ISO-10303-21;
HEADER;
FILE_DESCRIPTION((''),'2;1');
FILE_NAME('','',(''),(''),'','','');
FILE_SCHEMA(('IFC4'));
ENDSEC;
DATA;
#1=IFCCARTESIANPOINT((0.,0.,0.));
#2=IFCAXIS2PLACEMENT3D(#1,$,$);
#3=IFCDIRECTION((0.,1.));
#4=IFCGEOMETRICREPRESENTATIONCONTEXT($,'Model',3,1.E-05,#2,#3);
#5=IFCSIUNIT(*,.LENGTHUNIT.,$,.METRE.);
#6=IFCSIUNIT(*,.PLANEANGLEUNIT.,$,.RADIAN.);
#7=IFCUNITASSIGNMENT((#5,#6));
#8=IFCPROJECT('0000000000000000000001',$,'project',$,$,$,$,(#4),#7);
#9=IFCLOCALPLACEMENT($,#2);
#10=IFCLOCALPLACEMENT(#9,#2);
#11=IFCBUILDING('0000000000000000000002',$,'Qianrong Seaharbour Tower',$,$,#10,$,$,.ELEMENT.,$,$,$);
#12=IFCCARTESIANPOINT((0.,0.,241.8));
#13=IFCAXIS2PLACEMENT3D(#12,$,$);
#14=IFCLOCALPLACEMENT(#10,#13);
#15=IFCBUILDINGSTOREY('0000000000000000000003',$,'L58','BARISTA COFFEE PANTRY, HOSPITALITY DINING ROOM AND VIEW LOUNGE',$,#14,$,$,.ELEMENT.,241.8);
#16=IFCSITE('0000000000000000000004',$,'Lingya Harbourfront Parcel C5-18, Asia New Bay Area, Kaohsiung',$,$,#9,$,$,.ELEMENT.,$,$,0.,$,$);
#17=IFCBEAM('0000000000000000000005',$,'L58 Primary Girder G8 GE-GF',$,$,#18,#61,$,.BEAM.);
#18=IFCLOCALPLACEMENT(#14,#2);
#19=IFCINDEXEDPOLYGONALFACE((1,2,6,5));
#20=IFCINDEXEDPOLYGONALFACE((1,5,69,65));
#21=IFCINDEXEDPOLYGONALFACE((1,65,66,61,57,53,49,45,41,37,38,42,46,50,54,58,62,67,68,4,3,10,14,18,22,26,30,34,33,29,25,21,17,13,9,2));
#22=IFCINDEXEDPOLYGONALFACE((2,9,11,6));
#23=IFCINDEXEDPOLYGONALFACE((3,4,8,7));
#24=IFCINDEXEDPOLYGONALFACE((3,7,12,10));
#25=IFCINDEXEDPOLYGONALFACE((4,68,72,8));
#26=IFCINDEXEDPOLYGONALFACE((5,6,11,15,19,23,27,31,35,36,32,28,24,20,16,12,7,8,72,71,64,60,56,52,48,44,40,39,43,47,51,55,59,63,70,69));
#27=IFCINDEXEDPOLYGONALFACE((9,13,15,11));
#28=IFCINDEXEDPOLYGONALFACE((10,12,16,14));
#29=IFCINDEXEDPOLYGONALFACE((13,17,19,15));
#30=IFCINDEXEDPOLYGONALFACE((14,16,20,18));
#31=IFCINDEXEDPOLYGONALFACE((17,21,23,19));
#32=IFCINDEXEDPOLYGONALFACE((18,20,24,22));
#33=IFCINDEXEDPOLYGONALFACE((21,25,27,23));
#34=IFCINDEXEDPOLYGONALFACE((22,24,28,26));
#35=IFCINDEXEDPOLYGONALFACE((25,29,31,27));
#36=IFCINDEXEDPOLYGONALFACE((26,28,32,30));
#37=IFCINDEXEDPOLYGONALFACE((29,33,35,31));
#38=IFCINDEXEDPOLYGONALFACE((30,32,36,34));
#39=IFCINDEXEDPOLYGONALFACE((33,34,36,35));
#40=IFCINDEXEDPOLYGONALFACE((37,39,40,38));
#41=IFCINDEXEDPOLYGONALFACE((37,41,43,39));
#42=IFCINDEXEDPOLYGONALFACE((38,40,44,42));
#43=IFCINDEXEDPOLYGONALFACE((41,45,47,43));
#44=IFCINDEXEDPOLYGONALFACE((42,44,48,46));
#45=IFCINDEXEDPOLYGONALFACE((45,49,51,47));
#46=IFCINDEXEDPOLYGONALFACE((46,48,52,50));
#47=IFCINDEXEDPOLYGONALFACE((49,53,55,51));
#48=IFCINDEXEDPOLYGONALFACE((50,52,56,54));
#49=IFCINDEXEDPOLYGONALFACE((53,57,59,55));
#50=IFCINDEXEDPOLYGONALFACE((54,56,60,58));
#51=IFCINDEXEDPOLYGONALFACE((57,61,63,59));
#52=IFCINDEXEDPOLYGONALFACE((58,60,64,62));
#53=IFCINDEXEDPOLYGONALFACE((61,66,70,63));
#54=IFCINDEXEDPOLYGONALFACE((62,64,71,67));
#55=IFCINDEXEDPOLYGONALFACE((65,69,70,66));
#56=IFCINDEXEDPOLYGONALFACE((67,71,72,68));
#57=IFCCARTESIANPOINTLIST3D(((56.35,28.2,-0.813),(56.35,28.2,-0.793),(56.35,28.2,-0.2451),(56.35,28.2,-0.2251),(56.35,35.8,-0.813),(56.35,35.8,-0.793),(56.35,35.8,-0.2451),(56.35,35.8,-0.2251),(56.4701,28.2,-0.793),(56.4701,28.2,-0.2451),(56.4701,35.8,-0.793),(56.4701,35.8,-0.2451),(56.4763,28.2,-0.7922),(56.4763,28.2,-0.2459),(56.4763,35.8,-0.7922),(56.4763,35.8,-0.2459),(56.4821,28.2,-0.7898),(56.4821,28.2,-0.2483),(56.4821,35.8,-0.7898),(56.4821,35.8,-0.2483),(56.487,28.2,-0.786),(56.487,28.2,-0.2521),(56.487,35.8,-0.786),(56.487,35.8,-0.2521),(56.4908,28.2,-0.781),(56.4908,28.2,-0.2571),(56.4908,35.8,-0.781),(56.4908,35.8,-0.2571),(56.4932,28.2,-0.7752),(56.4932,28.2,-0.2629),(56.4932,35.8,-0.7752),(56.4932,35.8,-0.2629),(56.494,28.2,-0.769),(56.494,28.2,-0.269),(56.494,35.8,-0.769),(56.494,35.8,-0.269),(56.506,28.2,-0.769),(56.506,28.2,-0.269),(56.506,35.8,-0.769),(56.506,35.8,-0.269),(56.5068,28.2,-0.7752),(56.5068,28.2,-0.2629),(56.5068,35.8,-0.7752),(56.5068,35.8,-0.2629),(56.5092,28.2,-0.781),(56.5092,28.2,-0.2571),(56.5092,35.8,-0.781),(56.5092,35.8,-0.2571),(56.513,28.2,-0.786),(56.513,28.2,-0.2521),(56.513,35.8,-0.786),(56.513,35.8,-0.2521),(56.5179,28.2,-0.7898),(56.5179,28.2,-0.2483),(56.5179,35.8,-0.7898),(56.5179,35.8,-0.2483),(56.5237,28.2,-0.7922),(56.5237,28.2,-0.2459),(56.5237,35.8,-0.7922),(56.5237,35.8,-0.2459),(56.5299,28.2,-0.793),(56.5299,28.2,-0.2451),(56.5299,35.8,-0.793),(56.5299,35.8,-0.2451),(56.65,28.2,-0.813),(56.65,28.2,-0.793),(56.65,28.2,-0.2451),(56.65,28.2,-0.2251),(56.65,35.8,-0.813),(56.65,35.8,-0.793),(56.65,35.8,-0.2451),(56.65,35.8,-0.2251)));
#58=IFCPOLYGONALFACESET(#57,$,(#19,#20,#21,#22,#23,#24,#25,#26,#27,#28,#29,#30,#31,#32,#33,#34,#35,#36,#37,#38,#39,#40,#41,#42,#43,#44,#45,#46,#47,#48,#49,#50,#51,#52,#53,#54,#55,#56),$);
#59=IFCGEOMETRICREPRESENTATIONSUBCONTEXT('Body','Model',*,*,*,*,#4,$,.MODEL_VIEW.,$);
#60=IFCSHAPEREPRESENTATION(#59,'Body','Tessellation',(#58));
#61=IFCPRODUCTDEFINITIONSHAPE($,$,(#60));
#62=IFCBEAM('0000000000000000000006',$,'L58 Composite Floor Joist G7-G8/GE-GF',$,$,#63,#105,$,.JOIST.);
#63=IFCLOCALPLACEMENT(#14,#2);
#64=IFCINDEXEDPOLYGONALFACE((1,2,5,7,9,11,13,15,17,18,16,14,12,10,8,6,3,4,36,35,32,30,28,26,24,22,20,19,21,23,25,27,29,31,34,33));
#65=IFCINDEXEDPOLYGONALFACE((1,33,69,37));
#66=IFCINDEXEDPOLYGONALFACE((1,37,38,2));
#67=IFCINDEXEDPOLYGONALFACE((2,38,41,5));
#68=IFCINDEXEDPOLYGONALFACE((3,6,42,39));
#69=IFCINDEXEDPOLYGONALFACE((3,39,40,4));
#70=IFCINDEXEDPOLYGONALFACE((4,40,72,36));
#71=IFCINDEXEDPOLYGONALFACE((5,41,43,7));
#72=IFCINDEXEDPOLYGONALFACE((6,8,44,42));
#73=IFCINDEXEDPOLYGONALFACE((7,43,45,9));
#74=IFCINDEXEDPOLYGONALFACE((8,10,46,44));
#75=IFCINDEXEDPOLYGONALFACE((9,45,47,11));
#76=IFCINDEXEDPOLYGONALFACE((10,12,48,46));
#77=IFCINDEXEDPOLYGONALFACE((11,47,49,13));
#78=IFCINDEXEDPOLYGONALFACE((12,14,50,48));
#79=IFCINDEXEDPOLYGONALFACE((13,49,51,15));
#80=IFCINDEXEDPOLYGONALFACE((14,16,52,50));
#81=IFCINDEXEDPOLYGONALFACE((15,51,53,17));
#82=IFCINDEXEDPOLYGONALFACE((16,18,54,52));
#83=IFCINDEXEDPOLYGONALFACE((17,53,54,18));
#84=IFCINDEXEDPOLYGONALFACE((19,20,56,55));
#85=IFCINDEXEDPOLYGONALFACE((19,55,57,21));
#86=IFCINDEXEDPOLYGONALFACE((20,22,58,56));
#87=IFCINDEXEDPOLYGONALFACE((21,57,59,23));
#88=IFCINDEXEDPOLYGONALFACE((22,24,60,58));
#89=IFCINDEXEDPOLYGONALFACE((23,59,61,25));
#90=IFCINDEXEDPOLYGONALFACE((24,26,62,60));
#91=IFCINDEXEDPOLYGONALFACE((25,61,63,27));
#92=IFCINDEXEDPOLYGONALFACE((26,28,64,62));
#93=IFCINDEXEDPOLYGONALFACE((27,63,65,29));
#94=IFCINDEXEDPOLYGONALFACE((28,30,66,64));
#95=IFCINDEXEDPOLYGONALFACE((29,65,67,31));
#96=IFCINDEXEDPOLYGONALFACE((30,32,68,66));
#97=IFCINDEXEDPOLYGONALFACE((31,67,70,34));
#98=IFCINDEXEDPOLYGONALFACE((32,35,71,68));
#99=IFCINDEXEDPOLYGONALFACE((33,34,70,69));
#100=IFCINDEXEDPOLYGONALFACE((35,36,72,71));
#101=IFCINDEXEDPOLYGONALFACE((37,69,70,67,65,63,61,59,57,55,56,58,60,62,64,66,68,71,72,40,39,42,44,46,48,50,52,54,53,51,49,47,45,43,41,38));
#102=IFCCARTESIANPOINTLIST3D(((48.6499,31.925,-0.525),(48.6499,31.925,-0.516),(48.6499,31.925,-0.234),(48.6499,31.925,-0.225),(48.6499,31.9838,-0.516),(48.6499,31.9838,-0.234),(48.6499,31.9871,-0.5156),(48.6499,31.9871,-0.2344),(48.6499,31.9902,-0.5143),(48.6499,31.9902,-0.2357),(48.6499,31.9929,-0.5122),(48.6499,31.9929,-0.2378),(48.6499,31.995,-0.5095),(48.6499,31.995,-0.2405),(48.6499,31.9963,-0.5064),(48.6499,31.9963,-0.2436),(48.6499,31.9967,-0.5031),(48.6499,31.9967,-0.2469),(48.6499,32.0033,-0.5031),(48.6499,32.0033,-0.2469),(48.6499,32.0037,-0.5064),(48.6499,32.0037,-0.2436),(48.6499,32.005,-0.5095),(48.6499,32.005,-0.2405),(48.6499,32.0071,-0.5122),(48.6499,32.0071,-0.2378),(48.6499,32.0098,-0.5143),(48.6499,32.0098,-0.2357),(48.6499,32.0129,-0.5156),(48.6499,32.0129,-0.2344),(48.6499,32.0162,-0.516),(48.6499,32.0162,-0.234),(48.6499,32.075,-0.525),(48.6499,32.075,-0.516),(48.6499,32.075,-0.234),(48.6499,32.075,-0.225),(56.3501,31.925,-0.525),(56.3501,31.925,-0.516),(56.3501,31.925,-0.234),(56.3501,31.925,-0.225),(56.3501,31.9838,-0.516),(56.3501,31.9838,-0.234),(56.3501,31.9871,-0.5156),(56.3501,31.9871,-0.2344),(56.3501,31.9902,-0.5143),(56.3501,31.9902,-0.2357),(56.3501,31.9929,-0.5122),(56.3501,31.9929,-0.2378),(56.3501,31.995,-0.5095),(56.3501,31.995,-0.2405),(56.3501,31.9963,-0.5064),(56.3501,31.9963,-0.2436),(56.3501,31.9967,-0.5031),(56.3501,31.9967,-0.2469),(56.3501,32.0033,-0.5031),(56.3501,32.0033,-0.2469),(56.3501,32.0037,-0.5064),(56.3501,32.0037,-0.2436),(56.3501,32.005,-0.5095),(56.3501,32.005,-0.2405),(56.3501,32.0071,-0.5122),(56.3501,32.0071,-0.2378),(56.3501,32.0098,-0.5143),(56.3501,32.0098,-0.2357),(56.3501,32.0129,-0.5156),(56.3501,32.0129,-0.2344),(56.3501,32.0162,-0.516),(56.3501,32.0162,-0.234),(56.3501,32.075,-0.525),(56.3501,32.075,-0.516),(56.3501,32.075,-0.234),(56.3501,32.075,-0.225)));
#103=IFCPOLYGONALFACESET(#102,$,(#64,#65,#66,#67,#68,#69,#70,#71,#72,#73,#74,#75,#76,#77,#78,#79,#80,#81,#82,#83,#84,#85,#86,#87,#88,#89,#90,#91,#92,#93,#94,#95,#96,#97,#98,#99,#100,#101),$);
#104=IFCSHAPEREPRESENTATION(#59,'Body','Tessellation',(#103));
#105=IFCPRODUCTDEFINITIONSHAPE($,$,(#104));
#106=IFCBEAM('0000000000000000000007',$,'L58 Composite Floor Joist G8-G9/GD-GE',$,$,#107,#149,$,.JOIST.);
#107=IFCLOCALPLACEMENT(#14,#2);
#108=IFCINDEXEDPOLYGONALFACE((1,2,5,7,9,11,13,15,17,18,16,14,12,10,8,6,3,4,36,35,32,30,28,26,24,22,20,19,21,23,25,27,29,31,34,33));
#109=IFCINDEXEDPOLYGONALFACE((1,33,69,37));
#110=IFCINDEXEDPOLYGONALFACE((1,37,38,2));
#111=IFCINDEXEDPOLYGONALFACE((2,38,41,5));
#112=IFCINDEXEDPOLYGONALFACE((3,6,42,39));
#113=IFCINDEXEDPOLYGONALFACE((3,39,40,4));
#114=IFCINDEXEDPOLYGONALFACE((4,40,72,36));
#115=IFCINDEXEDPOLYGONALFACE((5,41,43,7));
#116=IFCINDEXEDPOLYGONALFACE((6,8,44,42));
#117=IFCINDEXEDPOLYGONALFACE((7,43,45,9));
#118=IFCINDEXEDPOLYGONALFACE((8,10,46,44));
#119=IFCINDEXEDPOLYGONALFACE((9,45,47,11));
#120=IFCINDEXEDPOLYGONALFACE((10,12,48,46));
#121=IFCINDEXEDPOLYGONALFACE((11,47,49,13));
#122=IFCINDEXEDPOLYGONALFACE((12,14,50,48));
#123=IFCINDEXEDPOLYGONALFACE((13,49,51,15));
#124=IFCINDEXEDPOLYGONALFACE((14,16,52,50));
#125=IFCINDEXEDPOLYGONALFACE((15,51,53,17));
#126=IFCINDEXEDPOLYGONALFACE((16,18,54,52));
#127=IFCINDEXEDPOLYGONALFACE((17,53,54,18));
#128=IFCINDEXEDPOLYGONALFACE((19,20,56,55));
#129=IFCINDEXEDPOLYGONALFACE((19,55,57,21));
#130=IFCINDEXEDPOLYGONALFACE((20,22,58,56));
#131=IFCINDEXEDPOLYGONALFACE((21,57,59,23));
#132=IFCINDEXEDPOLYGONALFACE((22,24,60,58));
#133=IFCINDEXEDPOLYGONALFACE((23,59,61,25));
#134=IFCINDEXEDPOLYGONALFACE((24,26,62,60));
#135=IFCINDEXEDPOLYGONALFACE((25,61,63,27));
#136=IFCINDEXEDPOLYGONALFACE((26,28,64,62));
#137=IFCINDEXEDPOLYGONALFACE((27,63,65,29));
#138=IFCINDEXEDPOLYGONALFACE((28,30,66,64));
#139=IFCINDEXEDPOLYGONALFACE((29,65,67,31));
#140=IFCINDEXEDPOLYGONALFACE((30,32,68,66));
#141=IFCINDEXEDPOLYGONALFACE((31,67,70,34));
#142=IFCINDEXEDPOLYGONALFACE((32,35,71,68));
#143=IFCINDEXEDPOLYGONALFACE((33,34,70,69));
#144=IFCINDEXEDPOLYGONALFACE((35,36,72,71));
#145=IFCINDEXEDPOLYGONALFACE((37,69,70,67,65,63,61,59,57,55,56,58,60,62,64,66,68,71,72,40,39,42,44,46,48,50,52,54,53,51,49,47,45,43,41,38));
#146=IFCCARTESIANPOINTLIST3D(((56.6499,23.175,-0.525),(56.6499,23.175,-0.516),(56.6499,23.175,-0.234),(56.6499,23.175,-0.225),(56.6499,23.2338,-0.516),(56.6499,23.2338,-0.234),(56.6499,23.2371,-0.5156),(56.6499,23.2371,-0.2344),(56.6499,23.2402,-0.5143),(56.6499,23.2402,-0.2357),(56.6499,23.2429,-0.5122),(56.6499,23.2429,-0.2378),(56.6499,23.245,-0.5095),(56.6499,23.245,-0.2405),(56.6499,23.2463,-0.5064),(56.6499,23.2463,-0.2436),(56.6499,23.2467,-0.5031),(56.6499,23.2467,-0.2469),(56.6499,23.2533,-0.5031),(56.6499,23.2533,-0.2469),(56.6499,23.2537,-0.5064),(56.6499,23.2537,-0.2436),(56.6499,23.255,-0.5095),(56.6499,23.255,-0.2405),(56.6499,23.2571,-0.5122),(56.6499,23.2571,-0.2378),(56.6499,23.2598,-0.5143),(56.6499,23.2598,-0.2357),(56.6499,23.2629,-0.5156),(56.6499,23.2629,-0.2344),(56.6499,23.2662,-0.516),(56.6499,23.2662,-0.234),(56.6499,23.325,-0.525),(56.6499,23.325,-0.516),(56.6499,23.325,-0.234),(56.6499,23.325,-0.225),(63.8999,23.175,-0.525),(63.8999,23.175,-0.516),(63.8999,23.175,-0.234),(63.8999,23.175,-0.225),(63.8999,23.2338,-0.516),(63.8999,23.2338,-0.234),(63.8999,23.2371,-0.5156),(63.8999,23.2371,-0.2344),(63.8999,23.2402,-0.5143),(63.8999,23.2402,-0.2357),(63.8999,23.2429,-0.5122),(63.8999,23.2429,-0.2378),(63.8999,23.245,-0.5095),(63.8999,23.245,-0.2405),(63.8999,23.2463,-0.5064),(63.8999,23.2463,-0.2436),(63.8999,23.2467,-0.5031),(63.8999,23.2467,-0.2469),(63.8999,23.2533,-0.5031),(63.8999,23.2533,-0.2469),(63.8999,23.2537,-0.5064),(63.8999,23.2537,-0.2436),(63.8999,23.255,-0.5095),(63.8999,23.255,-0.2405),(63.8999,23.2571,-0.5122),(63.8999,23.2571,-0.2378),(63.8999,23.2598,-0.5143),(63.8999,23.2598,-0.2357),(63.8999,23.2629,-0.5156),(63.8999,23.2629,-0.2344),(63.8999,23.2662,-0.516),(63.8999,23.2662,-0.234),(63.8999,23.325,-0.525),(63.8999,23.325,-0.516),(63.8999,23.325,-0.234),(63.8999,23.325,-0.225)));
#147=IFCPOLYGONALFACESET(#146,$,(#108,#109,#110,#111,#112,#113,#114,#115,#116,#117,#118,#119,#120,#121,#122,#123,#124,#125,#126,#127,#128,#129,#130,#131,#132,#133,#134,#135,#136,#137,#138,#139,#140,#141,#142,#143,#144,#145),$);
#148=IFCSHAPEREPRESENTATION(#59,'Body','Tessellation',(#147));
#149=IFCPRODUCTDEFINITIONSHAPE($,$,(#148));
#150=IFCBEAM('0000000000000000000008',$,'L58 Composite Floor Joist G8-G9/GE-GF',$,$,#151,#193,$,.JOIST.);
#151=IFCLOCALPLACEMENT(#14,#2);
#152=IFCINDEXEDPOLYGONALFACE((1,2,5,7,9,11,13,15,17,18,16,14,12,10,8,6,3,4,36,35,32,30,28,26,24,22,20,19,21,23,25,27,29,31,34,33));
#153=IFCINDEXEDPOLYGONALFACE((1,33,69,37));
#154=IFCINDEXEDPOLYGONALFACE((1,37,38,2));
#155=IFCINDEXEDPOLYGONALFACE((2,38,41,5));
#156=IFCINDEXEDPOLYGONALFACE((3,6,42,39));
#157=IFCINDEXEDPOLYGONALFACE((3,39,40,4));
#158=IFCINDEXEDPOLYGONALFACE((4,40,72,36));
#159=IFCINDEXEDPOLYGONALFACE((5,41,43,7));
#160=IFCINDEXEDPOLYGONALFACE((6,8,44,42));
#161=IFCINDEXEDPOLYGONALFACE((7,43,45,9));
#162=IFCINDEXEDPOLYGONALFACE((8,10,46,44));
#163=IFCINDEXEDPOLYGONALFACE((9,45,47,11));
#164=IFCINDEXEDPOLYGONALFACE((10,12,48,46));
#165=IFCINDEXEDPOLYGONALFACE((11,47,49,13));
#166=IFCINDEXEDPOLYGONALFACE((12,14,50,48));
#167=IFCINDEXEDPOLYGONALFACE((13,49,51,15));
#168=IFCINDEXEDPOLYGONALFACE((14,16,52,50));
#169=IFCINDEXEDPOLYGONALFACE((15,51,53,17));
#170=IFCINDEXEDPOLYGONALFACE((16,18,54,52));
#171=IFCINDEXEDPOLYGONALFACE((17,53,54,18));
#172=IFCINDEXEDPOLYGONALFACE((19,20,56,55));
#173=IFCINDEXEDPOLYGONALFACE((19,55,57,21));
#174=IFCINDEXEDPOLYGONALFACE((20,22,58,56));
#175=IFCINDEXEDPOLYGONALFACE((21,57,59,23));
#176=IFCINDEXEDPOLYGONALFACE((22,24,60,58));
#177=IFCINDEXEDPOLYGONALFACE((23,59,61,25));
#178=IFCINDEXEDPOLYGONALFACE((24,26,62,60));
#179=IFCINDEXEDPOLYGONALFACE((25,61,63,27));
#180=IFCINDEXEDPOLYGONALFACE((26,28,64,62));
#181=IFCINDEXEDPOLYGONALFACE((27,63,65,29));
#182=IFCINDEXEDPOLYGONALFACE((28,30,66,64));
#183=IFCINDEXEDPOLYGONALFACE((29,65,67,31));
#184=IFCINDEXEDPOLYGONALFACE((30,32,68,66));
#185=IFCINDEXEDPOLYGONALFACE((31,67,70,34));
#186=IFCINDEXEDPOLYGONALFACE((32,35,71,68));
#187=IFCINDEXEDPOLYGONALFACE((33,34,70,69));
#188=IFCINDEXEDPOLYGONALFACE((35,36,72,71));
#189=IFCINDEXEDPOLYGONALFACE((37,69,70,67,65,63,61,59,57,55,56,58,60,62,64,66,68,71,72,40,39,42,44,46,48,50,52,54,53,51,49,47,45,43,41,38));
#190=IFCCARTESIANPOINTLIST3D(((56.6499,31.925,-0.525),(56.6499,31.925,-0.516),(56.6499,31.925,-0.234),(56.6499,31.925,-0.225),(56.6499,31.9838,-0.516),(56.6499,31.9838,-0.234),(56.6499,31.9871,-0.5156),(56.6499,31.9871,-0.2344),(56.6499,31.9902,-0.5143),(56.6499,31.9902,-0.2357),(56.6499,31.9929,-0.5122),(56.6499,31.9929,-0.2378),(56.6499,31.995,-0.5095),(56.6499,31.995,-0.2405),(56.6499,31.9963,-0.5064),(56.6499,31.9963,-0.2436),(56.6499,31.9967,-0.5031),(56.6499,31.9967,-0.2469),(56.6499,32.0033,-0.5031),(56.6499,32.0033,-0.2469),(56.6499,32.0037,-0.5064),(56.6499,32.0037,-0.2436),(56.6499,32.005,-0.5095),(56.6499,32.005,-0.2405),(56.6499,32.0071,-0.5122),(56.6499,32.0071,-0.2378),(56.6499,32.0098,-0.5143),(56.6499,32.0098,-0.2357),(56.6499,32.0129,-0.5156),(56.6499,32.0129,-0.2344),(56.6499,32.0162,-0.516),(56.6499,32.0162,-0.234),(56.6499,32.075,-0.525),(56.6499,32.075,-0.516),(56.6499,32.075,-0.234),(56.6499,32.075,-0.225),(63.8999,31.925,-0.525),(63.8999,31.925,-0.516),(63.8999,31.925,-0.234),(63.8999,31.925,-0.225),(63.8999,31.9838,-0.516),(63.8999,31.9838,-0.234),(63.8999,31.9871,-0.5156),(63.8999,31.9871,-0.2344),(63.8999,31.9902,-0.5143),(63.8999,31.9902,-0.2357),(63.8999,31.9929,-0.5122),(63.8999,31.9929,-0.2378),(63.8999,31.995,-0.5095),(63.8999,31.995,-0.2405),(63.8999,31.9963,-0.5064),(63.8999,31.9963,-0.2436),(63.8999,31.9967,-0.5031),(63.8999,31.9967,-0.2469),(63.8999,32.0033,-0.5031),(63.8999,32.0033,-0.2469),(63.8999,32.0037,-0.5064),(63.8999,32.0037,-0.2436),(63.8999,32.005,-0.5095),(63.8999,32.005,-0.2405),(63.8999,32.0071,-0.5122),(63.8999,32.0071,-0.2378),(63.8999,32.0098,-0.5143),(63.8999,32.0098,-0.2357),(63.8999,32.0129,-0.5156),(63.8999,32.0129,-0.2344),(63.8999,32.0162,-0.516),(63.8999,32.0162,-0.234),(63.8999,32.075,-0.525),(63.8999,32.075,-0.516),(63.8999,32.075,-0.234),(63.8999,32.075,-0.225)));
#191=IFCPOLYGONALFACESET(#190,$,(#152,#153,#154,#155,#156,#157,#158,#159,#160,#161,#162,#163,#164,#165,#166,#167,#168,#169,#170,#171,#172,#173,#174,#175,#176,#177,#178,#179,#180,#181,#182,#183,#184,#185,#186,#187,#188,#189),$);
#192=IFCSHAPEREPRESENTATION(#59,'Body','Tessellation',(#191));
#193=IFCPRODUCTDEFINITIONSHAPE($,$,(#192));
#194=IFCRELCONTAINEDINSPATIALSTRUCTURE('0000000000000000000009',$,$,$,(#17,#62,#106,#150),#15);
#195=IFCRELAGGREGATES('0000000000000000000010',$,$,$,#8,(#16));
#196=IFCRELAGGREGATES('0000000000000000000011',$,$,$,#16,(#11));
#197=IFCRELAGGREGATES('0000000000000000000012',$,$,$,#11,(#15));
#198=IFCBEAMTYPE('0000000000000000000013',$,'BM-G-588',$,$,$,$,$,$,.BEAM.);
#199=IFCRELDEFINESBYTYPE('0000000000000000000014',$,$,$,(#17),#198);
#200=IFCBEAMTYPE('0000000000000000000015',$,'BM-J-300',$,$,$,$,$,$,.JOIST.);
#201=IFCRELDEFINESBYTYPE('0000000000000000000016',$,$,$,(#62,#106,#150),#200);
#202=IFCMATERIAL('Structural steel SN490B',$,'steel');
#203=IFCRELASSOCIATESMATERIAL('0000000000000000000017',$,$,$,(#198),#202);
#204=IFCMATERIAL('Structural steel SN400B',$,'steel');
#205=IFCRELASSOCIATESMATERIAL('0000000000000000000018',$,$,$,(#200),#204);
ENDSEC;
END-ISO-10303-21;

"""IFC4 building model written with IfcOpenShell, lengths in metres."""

from ifc_helpers import new_model, si_unit, direction, frame, origin, origin_2d, place, context, subcontext, project, spatial, i_section, extrude, material, material_profile, profile_set, type_object, element, save


model = new_model("IFC4")

# Units and contexts
model_context = context("Model", 3, precision=1e-05, world=origin(), true_north=direction((0.0, 1.0)))
body_context = subcontext(model_context, "Body", "Model", "MODEL_VIEW")
ifc_project = project(units=[si_unit("LENGTHUNIT", "METRE"), si_unit("PLANEANGLEUNIT", "RADIAN")], contexts=[model_context])

# Site, building, storey
site_placement = place(None, origin())
site = spatial("IfcSite", under=ifc_project, at=site_placement, Name="Lingya Harbourfront Parcel C5-18, Asia New Bay Area, Kaohsiung", CompositionType="ELEMENT", RefElevation=0.0)
building_placement = place(site_placement, origin())
building = spatial("IfcBuilding", under=site, at=building_placement, Name="Qianrong Seaharbour Tower", CompositionType="ELEMENT")
storey_placement = place(building_placement, frame((0.0, 0.0, 241.8)))
storey = spatial("IfcBuildingStorey", under=building, at=storey_placement, Name="L58", Description="BARISTA COFFEE PANTRY, HOSPITALITY DINING ROOM AND VIEW LOUNGE", CompositionType="ELEMENT", Elevation=241.8)

# Shared definitions
ifc_material_1 = material(Name="Structural steel SN490B", Category="steel")

# Beams
ifc_material_profile_1 = material_profile(ifc_material_1, i_section(OverallWidth=0.3, OverallDepth=0.5879, WebThickness=0.012, FlangeThickness=0.02, FilletRadius=0.0239, at=origin_2d()), Name="H588x300x12x20")
ifc_profile_set_1 = profile_set([ifc_material_profile_1], Name="Structural steel SN490B")
beam_type_1 = type_object("IfcBeamType", Name="BM-G-588", PredefinedType="BEAM", material=ifc_profile_set_1)
for number, where, z_axis, x_axis, name in (
    (1, (56.5, 28.2, -0.519), (0.0, 1.0, 0.0), (-1.0, 0.0, 0.0), "L58 Primary Girder G8 GE-GF"),
):
    element("IfcBeam", number, at=place(storey_placement, frame(where, z_axis=z_axis, x_axis=x_axis)), inside=storey, type_object=beam_type_1, Name=name, PredefinedType="BEAM", context=body_context, shape_type="SweptSolid", body=[
        extrude(i_section(OverallWidth=0.3, OverallDepth=0.5879, WebThickness=0.012, FlangeThickness=0.02, FilletRadius=0.0239, at=origin_2d()), origin(), (0.0, 0.0, 1.0), 7.6001),
    ])
ifc_material_2 = material(Name="Structural steel SN400B", Category="steel")
ifc_material_profile_2 = material_profile(ifc_material_2, i_section(OverallWidth=0.1499, OverallDepth=0.3, WebThickness=0.0066, FlangeThickness=0.009, FilletRadius=0.0129, at=origin_2d()), Name="H300x150x6.5x9")
ifc_profile_set_2 = profile_set([ifc_material_profile_2], Name="Structural steel SN400B")
beam_type_2 = type_object("IfcBeamType", Name="BM-J-300", PredefinedType="JOIST", material=ifc_profile_set_2)
beam_1_placement = place(storey_placement, frame((48.6499, 32.0, -0.375), z_axis=(1.0, 0.0, 0.0), x_axis=(0.0, 1.0, 0.0)))
element("IfcBeam", 2, at=beam_1_placement, inside=storey, type_object=beam_type_2, Name="L58 Composite Floor Joist G7-G8/GE-GF", PredefinedType="JOIST", context=body_context, shape_type="SweptSolid", body=[
    extrude(i_section(OverallWidth=0.1499, OverallDepth=0.3, WebThickness=0.0066, FlangeThickness=0.009, FilletRadius=0.0129, at=origin_2d()), origin(), (0.0, 0.0, 1.0), 7.7002),
])
for number, where, z_axis, x_axis, name in (
    (3, (56.6499, 23.25, -0.375), (1.0, 0.0, 0.0), (0.0, 1.0, 0.0), "L58 Composite Floor Joist G8-G9/GD-GE"),
    (4, (56.6499, 32.0, -0.375), (1.0, 0.0, 0.0), (0.0, 1.0, 0.0), "L58 Composite Floor Joist G8-G9/GE-GF"),
):
    element("IfcBeam", number, at=place(storey_placement, frame(where, z_axis=z_axis, x_axis=x_axis)), inside=storey, type_object=beam_type_2, Name=name, PredefinedType="JOIST", context=body_context, shape_type="SweptSolid", body=[
        extrude(i_section(OverallWidth=0.1499, OverallDepth=0.3, WebThickness=0.0066, FlangeThickness=0.009, FilletRadius=0.0129, at=origin_2d()), origin(), (0.0, 0.0, 1.0), 7.25),
    ])

save(model, "model.ifc")
